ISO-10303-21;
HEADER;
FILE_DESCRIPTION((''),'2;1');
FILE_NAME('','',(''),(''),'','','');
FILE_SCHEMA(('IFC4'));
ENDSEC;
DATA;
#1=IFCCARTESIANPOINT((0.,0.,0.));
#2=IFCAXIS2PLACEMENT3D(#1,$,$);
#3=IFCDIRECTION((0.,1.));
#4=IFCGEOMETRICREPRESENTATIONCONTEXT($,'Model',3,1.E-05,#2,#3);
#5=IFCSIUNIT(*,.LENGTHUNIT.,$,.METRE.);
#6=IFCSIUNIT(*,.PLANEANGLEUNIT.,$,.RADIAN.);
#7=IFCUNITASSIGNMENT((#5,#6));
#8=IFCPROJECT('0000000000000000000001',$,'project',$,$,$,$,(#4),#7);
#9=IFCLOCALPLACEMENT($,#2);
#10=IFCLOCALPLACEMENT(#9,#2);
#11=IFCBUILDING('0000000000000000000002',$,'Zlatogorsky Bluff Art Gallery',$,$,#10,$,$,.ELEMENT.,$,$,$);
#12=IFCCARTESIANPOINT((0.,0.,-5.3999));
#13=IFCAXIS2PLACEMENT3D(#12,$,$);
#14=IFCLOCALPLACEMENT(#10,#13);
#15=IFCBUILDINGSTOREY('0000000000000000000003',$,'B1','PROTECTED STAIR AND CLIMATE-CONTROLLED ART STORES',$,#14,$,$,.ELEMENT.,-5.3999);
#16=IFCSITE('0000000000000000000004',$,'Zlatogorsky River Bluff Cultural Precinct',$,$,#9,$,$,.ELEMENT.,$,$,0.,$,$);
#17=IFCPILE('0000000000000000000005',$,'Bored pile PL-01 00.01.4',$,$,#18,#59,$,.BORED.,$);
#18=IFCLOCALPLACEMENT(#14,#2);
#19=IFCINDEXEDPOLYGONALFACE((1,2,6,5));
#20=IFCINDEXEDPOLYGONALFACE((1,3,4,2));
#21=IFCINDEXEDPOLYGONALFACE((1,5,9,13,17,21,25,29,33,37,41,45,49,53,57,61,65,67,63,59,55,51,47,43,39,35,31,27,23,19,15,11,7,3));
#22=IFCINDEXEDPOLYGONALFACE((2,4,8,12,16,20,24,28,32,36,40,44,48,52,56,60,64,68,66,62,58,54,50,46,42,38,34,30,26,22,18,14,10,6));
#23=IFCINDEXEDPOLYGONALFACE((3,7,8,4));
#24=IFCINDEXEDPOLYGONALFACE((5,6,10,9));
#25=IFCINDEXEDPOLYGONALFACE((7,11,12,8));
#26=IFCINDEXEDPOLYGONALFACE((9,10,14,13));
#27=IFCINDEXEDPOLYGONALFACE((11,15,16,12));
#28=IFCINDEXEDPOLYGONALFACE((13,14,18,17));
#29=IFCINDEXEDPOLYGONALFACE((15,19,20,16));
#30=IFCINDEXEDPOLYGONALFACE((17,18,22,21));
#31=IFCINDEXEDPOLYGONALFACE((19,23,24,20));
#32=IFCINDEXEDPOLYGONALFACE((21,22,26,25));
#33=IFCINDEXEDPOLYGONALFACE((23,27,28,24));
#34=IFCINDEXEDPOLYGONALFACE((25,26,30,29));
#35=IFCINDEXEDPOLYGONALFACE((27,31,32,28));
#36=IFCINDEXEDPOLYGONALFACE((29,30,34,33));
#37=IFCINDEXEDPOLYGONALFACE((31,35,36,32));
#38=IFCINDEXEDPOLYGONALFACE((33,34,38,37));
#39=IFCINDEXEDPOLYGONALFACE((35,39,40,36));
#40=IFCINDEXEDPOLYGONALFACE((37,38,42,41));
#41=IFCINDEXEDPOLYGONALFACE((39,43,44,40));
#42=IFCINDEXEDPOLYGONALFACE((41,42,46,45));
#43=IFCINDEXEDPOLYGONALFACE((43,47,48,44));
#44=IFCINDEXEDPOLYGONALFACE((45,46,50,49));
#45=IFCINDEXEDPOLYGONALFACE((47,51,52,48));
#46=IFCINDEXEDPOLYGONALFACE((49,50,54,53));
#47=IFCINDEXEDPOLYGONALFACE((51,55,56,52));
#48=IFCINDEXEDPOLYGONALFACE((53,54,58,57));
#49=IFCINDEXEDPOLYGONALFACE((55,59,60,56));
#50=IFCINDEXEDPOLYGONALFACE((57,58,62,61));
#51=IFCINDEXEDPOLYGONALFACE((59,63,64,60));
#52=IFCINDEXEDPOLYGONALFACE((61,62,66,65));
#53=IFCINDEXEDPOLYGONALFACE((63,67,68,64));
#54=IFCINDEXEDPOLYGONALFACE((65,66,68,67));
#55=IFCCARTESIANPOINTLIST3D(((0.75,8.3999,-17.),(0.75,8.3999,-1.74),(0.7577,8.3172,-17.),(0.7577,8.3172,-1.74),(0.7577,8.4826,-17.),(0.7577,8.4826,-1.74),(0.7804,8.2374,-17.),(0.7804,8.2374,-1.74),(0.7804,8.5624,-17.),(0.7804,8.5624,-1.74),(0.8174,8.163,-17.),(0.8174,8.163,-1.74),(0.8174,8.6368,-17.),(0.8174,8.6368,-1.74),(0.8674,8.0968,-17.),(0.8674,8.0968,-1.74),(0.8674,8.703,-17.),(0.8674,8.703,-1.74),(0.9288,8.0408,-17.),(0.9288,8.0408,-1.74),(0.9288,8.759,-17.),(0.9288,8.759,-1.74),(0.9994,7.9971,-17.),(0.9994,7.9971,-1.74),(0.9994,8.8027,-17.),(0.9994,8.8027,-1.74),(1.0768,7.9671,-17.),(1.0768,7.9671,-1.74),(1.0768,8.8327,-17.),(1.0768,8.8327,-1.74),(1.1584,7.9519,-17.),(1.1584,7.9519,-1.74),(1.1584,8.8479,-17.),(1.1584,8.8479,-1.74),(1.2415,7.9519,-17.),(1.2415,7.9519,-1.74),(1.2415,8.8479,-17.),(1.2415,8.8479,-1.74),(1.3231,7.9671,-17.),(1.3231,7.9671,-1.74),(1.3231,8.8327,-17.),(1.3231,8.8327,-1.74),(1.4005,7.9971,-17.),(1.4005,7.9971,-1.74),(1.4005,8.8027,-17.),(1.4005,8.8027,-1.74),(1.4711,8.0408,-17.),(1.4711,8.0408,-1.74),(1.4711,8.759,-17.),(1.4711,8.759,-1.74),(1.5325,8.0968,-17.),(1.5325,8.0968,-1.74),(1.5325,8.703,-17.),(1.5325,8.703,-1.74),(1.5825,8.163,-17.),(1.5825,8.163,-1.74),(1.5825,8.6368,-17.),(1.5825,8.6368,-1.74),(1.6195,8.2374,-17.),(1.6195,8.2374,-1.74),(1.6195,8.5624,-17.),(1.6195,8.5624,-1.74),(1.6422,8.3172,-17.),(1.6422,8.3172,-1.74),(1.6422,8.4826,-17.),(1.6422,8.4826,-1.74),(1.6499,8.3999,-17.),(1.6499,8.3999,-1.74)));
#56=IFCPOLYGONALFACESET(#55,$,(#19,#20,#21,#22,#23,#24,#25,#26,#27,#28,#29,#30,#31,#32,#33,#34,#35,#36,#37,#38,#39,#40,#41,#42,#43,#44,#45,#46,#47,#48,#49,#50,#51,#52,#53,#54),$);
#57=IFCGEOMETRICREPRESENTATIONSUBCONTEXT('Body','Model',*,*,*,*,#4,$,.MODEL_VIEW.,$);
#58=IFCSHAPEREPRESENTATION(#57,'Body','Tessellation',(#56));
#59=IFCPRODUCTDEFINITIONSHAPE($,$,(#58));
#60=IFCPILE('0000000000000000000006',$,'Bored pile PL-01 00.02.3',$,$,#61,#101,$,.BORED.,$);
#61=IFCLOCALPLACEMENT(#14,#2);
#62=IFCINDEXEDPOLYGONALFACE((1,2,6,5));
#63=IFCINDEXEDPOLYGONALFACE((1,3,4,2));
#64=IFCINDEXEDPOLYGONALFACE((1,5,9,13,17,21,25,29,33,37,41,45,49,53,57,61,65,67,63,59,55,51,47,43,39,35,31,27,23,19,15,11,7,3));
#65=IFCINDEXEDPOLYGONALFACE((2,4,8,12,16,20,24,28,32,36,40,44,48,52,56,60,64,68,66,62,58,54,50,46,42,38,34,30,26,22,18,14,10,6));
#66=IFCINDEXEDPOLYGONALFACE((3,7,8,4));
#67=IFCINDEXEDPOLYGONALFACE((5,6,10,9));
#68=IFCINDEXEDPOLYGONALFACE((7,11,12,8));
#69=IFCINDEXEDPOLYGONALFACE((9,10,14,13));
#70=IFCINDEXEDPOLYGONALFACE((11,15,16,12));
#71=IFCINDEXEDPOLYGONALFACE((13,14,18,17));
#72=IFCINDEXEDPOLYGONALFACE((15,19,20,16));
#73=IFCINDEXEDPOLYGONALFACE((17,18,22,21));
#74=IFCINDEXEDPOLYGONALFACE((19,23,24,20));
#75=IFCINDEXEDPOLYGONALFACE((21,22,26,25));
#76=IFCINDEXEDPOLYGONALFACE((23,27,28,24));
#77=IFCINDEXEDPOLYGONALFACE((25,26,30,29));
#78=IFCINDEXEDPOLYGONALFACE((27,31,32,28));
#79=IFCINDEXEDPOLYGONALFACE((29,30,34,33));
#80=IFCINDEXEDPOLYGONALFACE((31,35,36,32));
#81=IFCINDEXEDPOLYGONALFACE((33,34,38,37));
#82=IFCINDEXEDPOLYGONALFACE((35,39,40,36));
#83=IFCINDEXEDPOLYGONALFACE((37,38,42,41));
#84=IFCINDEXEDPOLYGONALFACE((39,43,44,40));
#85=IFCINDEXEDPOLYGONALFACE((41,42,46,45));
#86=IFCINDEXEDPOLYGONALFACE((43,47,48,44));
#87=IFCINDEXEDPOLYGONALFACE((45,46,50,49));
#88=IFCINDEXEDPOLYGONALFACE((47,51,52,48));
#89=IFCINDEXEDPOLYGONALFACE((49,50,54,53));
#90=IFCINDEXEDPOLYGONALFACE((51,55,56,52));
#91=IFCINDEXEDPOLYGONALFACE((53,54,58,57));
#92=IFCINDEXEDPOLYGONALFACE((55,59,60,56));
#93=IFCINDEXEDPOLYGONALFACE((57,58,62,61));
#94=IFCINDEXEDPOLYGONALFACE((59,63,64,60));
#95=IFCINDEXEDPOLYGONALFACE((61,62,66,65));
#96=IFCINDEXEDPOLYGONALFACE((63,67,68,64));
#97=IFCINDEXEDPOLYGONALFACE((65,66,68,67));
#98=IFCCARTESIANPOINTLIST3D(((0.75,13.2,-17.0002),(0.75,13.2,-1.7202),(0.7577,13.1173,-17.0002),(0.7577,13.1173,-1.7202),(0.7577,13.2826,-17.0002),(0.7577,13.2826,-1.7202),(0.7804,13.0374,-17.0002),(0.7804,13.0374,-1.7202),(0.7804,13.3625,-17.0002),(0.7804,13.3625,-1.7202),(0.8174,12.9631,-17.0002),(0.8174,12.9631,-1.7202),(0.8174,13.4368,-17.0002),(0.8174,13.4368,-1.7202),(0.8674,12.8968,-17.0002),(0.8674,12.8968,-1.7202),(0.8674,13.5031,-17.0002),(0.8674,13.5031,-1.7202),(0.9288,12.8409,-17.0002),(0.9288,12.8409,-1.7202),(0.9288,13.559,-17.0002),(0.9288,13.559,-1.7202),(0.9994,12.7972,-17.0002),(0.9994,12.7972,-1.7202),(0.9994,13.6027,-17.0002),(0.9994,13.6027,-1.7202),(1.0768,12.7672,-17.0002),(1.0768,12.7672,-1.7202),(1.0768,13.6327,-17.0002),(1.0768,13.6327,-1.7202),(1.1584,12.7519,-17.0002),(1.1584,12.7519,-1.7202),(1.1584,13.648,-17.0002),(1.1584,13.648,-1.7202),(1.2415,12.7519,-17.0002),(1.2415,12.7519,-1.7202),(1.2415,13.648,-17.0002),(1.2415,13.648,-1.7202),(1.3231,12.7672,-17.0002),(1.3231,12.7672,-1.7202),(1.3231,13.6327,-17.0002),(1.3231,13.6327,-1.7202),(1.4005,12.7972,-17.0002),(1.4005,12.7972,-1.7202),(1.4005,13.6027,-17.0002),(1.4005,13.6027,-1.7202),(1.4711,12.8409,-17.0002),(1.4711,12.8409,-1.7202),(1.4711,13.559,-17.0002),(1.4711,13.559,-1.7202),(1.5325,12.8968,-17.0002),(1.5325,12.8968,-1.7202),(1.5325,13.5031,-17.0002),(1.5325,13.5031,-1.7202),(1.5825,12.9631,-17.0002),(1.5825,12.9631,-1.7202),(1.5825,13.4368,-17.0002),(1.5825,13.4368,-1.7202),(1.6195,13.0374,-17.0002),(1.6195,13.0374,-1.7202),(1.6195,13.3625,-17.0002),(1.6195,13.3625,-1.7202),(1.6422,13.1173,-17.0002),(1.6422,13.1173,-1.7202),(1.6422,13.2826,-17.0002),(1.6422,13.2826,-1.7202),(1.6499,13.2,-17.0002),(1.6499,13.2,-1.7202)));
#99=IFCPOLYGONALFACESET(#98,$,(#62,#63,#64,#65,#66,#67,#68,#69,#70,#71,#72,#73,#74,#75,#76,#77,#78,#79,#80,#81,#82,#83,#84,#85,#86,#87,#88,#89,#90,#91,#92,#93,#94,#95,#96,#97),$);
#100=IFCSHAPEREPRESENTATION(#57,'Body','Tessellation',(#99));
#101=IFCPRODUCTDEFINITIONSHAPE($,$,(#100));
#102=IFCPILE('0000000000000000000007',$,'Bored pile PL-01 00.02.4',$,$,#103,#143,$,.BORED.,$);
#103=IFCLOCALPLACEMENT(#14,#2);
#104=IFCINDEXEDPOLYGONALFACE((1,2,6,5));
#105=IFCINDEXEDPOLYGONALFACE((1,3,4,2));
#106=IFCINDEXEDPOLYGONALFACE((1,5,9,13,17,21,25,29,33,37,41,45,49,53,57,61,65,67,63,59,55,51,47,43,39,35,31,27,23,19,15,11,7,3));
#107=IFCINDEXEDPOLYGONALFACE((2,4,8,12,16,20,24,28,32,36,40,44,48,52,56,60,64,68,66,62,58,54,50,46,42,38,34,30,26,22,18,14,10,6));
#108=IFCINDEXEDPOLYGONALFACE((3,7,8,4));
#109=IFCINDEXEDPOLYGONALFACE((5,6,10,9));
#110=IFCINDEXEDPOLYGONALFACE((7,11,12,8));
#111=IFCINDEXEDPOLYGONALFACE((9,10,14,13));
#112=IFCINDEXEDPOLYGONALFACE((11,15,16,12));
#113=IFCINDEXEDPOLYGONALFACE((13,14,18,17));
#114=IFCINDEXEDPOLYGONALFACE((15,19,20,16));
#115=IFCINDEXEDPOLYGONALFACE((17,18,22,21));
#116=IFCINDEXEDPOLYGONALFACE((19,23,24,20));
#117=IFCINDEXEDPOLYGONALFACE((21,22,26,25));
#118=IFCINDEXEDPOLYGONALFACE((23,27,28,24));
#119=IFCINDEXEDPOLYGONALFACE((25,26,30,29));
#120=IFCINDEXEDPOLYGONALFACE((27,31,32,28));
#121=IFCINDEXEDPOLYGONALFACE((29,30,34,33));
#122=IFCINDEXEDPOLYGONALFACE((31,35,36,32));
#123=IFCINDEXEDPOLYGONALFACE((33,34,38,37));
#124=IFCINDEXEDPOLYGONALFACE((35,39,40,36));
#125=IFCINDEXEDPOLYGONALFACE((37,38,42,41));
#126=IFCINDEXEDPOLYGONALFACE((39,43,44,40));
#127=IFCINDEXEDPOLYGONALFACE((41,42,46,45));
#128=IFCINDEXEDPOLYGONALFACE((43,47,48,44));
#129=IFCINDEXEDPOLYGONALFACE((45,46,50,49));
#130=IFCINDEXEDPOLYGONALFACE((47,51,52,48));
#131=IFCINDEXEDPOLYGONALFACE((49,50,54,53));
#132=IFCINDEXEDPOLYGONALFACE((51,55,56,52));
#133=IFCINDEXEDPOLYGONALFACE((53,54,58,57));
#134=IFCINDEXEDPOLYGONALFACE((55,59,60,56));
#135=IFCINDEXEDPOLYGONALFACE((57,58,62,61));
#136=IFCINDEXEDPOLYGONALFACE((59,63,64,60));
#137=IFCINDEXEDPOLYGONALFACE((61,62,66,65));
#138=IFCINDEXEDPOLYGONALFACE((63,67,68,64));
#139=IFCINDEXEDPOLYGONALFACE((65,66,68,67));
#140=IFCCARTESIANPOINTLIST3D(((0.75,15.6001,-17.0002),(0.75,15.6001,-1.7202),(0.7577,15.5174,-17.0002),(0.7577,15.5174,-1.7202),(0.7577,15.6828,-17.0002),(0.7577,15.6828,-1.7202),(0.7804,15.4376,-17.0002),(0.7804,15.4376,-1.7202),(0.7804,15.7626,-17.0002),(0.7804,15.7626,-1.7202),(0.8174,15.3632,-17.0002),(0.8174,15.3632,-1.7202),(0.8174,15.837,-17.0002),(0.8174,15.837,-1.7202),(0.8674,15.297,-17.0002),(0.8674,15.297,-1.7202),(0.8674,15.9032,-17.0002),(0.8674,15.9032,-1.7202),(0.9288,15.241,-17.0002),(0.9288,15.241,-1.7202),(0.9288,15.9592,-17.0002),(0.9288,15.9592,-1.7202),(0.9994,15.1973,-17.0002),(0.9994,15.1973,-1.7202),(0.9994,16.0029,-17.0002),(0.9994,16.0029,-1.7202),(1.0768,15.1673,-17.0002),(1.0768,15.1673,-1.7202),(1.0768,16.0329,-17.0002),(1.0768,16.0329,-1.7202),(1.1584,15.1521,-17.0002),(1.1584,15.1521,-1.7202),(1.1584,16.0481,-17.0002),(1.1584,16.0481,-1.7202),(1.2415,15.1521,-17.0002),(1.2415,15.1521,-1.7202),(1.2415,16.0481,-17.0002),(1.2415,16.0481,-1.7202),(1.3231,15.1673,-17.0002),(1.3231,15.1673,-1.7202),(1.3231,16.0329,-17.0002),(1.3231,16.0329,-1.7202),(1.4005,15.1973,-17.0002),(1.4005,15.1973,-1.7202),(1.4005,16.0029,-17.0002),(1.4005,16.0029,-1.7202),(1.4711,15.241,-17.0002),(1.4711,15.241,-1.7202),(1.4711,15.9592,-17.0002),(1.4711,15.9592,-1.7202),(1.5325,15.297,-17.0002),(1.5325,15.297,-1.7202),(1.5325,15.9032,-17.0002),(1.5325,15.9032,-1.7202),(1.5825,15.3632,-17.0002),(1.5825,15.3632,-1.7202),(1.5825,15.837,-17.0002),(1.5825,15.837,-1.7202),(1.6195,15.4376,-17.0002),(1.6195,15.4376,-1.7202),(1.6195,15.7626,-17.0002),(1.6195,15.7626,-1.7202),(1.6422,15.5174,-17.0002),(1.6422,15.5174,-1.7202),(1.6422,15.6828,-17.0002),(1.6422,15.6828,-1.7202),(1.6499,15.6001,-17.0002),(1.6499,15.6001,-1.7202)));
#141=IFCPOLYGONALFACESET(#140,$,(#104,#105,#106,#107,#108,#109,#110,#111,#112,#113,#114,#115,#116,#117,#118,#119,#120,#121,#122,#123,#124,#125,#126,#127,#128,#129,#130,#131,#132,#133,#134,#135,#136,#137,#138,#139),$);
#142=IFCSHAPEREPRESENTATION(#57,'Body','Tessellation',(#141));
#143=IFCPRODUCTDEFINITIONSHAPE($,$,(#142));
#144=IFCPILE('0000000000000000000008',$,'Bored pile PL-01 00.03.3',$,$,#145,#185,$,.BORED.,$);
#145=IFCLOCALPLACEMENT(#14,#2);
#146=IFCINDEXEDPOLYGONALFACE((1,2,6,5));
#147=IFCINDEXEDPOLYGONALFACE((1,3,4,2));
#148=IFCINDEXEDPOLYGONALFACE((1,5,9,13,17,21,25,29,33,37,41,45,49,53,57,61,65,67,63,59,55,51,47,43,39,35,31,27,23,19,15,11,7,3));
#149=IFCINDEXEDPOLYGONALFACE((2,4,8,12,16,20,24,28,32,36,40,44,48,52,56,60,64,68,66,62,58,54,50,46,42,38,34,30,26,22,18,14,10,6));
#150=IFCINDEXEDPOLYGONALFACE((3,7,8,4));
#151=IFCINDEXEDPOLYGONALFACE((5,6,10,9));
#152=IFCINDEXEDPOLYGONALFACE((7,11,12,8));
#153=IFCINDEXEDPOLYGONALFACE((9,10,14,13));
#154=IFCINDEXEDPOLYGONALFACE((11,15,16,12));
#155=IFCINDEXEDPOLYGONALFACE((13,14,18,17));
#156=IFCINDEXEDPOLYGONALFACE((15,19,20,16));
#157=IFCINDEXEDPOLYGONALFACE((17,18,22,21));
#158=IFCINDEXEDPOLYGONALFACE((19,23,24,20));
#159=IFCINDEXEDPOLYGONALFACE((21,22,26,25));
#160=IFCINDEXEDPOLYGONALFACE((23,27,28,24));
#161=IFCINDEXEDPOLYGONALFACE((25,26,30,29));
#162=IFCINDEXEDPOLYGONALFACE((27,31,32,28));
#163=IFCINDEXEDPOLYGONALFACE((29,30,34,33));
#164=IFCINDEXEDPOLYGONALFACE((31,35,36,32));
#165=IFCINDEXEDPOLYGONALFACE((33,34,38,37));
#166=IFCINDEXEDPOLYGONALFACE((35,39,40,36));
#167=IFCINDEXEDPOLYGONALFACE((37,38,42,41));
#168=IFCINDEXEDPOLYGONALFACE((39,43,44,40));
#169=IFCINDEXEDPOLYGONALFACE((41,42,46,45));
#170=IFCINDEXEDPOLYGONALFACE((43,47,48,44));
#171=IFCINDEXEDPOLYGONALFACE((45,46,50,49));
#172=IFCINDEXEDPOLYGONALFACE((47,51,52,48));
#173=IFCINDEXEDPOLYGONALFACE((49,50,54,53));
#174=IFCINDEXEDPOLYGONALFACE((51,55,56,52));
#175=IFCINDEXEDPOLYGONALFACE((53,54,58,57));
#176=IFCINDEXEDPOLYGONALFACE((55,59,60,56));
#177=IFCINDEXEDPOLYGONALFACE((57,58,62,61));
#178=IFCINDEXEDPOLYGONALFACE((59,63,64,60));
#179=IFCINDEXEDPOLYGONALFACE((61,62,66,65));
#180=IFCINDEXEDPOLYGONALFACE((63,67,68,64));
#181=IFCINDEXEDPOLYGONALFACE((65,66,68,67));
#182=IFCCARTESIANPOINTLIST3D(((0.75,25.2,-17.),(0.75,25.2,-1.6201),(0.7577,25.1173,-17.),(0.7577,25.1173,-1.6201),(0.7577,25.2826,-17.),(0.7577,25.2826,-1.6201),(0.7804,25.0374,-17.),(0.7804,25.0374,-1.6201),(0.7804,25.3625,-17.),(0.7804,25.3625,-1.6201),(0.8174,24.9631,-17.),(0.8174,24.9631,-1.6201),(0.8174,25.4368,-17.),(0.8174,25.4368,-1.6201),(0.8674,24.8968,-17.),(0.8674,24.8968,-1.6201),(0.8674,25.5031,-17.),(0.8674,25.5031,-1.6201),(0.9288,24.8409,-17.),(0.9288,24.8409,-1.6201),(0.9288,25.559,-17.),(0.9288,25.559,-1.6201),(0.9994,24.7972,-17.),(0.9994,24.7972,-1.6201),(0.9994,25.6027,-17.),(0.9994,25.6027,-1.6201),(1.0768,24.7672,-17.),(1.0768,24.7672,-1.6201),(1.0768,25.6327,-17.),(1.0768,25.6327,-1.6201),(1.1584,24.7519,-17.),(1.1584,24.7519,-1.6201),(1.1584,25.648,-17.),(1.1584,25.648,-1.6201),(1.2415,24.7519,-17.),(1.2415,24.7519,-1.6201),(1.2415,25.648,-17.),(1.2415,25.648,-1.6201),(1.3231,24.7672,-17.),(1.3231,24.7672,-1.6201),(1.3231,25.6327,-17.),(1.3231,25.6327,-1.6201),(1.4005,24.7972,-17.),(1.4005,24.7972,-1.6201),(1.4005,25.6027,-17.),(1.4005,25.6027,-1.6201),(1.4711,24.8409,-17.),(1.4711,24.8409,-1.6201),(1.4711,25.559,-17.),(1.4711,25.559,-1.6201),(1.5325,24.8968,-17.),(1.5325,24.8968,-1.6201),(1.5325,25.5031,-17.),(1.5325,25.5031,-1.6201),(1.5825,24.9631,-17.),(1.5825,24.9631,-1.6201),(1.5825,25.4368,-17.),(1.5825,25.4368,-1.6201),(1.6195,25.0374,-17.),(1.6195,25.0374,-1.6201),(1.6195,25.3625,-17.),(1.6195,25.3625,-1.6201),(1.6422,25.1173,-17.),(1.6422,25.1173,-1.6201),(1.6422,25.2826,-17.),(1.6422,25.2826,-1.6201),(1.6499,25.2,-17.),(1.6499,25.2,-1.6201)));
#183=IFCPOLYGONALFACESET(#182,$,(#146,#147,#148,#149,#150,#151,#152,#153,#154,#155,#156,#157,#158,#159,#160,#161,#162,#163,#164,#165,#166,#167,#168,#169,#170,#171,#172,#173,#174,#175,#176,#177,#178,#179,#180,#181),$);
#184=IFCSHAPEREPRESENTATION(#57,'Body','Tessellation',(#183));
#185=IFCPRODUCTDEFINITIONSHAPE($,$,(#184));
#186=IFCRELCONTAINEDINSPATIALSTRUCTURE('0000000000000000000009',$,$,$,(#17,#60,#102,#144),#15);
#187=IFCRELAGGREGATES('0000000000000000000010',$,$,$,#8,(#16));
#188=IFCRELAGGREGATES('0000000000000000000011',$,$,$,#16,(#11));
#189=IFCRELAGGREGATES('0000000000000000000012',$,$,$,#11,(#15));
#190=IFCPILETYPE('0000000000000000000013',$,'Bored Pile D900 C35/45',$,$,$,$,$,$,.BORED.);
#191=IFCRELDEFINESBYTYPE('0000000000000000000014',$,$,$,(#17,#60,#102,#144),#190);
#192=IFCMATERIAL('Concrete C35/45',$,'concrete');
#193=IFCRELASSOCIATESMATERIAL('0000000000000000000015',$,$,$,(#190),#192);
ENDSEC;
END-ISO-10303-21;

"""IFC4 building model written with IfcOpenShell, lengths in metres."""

from ifc_helpers import new_model, si_unit, direction, frame, origin, origin_2d, place, context, subcontext, project, spatial, circle, extrude, material, material_profile, profile_set, type_object, element, save


model = new_model("IFC4")

# Units and contexts
model_context = context("Model", 3, precision=1e-05, world=origin(), true_north=direction((0.0, 1.0)))
body_context = subcontext(model_context, "Body", "Model", "MODEL_VIEW")
ifc_project = project(units=[si_unit("LENGTHUNIT", "METRE"), si_unit("PLANEANGLEUNIT", "RADIAN")], contexts=[model_context])

# Site, building, storey
site_placement = place(None, origin())
site = spatial("IfcSite", under=ifc_project, at=site_placement, Name="Zlatogorsky River Bluff Cultural Precinct", CompositionType="ELEMENT", RefElevation=0.0)
building_placement = place(site_placement, origin())
building = spatial("IfcBuilding", under=site, at=building_placement, Name="Zlatogorsky Bluff Art Gallery", CompositionType="ELEMENT")
storey_placement = place(building_placement, frame((0.0, 0.0, -5.3999)))
storey = spatial("IfcBuildingStorey", under=building, at=storey_placement, Name="B1", Description="PROTECTED STAIR AND CLIMATE-CONTROLLED ART STORES", CompositionType="ELEMENT", Elevation=-5.3999)

# Piles
ifc_material_1 = material(Name="Concrete C35/45", Category="concrete")
ifc_material_profile_1 = material_profile(ifc_material_1, circle(Radius=0.45, at=origin_2d()), Name="BORED PILE D900")
ifc_profile_set_1 = profile_set([ifc_material_profile_1], Name="Concrete C35/45")
pile_type = type_object("IfcPileType", Name="Bored Pile D900 C35/45", PredefinedType="BORED", material=ifc_profile_set_1)
pile_1_placement = place(storey_placement, frame((1.2, 8.3999, -1.74), z_axis=(0.0, 0.0, -1.0), x_axis=(1.0, 0.0, 0.0)))
element("IfcPile", 1, at=pile_1_placement, inside=storey, type_object=pile_type, Name="Bored pile PL-01 00.01.4", PredefinedType="BORED", context=body_context, shape_type="SweptSolid", body=[
    extrude(circle(Radius=0.45, at=origin_2d()), origin(), (0.0, 0.0, 1.0), 15.26),
])
for number, where, z_axis, x_axis, name in (
    (2, (1.2, 13.2, -1.7202), (0.0, 0.0, -1.0), (1.0, 0.0, 0.0), "Bored pile PL-01 00.02.3"),
    (3, (1.2, 15.6001, -1.7202), (0.0, 0.0, -1.0), (1.0, 0.0, 0.0), "Bored pile PL-01 00.02.4"),
):
    element("IfcPile", number, at=place(storey_placement, frame(where, z_axis=z_axis, x_axis=x_axis)), inside=storey, type_object=pile_type, Name=name, PredefinedType="BORED", context=body_context, shape_type="SweptSolid", body=[
        extrude(circle(Radius=0.45, at=origin_2d()), origin(), (0.0, 0.0, 1.0), 15.28),
    ])
pile_2_placement = place(storey_placement, frame((1.2, 25.2, -1.6201), z_axis=(0.0, 0.0, -1.0), x_axis=(1.0, 0.0, 0.0)))
element("IfcPile", 4, at=pile_2_placement, inside=storey, type_object=pile_type, Name="Bored pile PL-01 00.03.3", PredefinedType="BORED", context=body_context, shape_type="SweptSolid", body=[
    extrude(circle(Radius=0.45, at=origin_2d()), origin(), (0.0, 0.0, 1.0), 15.3799),
])

save(model, "model.ifc")
